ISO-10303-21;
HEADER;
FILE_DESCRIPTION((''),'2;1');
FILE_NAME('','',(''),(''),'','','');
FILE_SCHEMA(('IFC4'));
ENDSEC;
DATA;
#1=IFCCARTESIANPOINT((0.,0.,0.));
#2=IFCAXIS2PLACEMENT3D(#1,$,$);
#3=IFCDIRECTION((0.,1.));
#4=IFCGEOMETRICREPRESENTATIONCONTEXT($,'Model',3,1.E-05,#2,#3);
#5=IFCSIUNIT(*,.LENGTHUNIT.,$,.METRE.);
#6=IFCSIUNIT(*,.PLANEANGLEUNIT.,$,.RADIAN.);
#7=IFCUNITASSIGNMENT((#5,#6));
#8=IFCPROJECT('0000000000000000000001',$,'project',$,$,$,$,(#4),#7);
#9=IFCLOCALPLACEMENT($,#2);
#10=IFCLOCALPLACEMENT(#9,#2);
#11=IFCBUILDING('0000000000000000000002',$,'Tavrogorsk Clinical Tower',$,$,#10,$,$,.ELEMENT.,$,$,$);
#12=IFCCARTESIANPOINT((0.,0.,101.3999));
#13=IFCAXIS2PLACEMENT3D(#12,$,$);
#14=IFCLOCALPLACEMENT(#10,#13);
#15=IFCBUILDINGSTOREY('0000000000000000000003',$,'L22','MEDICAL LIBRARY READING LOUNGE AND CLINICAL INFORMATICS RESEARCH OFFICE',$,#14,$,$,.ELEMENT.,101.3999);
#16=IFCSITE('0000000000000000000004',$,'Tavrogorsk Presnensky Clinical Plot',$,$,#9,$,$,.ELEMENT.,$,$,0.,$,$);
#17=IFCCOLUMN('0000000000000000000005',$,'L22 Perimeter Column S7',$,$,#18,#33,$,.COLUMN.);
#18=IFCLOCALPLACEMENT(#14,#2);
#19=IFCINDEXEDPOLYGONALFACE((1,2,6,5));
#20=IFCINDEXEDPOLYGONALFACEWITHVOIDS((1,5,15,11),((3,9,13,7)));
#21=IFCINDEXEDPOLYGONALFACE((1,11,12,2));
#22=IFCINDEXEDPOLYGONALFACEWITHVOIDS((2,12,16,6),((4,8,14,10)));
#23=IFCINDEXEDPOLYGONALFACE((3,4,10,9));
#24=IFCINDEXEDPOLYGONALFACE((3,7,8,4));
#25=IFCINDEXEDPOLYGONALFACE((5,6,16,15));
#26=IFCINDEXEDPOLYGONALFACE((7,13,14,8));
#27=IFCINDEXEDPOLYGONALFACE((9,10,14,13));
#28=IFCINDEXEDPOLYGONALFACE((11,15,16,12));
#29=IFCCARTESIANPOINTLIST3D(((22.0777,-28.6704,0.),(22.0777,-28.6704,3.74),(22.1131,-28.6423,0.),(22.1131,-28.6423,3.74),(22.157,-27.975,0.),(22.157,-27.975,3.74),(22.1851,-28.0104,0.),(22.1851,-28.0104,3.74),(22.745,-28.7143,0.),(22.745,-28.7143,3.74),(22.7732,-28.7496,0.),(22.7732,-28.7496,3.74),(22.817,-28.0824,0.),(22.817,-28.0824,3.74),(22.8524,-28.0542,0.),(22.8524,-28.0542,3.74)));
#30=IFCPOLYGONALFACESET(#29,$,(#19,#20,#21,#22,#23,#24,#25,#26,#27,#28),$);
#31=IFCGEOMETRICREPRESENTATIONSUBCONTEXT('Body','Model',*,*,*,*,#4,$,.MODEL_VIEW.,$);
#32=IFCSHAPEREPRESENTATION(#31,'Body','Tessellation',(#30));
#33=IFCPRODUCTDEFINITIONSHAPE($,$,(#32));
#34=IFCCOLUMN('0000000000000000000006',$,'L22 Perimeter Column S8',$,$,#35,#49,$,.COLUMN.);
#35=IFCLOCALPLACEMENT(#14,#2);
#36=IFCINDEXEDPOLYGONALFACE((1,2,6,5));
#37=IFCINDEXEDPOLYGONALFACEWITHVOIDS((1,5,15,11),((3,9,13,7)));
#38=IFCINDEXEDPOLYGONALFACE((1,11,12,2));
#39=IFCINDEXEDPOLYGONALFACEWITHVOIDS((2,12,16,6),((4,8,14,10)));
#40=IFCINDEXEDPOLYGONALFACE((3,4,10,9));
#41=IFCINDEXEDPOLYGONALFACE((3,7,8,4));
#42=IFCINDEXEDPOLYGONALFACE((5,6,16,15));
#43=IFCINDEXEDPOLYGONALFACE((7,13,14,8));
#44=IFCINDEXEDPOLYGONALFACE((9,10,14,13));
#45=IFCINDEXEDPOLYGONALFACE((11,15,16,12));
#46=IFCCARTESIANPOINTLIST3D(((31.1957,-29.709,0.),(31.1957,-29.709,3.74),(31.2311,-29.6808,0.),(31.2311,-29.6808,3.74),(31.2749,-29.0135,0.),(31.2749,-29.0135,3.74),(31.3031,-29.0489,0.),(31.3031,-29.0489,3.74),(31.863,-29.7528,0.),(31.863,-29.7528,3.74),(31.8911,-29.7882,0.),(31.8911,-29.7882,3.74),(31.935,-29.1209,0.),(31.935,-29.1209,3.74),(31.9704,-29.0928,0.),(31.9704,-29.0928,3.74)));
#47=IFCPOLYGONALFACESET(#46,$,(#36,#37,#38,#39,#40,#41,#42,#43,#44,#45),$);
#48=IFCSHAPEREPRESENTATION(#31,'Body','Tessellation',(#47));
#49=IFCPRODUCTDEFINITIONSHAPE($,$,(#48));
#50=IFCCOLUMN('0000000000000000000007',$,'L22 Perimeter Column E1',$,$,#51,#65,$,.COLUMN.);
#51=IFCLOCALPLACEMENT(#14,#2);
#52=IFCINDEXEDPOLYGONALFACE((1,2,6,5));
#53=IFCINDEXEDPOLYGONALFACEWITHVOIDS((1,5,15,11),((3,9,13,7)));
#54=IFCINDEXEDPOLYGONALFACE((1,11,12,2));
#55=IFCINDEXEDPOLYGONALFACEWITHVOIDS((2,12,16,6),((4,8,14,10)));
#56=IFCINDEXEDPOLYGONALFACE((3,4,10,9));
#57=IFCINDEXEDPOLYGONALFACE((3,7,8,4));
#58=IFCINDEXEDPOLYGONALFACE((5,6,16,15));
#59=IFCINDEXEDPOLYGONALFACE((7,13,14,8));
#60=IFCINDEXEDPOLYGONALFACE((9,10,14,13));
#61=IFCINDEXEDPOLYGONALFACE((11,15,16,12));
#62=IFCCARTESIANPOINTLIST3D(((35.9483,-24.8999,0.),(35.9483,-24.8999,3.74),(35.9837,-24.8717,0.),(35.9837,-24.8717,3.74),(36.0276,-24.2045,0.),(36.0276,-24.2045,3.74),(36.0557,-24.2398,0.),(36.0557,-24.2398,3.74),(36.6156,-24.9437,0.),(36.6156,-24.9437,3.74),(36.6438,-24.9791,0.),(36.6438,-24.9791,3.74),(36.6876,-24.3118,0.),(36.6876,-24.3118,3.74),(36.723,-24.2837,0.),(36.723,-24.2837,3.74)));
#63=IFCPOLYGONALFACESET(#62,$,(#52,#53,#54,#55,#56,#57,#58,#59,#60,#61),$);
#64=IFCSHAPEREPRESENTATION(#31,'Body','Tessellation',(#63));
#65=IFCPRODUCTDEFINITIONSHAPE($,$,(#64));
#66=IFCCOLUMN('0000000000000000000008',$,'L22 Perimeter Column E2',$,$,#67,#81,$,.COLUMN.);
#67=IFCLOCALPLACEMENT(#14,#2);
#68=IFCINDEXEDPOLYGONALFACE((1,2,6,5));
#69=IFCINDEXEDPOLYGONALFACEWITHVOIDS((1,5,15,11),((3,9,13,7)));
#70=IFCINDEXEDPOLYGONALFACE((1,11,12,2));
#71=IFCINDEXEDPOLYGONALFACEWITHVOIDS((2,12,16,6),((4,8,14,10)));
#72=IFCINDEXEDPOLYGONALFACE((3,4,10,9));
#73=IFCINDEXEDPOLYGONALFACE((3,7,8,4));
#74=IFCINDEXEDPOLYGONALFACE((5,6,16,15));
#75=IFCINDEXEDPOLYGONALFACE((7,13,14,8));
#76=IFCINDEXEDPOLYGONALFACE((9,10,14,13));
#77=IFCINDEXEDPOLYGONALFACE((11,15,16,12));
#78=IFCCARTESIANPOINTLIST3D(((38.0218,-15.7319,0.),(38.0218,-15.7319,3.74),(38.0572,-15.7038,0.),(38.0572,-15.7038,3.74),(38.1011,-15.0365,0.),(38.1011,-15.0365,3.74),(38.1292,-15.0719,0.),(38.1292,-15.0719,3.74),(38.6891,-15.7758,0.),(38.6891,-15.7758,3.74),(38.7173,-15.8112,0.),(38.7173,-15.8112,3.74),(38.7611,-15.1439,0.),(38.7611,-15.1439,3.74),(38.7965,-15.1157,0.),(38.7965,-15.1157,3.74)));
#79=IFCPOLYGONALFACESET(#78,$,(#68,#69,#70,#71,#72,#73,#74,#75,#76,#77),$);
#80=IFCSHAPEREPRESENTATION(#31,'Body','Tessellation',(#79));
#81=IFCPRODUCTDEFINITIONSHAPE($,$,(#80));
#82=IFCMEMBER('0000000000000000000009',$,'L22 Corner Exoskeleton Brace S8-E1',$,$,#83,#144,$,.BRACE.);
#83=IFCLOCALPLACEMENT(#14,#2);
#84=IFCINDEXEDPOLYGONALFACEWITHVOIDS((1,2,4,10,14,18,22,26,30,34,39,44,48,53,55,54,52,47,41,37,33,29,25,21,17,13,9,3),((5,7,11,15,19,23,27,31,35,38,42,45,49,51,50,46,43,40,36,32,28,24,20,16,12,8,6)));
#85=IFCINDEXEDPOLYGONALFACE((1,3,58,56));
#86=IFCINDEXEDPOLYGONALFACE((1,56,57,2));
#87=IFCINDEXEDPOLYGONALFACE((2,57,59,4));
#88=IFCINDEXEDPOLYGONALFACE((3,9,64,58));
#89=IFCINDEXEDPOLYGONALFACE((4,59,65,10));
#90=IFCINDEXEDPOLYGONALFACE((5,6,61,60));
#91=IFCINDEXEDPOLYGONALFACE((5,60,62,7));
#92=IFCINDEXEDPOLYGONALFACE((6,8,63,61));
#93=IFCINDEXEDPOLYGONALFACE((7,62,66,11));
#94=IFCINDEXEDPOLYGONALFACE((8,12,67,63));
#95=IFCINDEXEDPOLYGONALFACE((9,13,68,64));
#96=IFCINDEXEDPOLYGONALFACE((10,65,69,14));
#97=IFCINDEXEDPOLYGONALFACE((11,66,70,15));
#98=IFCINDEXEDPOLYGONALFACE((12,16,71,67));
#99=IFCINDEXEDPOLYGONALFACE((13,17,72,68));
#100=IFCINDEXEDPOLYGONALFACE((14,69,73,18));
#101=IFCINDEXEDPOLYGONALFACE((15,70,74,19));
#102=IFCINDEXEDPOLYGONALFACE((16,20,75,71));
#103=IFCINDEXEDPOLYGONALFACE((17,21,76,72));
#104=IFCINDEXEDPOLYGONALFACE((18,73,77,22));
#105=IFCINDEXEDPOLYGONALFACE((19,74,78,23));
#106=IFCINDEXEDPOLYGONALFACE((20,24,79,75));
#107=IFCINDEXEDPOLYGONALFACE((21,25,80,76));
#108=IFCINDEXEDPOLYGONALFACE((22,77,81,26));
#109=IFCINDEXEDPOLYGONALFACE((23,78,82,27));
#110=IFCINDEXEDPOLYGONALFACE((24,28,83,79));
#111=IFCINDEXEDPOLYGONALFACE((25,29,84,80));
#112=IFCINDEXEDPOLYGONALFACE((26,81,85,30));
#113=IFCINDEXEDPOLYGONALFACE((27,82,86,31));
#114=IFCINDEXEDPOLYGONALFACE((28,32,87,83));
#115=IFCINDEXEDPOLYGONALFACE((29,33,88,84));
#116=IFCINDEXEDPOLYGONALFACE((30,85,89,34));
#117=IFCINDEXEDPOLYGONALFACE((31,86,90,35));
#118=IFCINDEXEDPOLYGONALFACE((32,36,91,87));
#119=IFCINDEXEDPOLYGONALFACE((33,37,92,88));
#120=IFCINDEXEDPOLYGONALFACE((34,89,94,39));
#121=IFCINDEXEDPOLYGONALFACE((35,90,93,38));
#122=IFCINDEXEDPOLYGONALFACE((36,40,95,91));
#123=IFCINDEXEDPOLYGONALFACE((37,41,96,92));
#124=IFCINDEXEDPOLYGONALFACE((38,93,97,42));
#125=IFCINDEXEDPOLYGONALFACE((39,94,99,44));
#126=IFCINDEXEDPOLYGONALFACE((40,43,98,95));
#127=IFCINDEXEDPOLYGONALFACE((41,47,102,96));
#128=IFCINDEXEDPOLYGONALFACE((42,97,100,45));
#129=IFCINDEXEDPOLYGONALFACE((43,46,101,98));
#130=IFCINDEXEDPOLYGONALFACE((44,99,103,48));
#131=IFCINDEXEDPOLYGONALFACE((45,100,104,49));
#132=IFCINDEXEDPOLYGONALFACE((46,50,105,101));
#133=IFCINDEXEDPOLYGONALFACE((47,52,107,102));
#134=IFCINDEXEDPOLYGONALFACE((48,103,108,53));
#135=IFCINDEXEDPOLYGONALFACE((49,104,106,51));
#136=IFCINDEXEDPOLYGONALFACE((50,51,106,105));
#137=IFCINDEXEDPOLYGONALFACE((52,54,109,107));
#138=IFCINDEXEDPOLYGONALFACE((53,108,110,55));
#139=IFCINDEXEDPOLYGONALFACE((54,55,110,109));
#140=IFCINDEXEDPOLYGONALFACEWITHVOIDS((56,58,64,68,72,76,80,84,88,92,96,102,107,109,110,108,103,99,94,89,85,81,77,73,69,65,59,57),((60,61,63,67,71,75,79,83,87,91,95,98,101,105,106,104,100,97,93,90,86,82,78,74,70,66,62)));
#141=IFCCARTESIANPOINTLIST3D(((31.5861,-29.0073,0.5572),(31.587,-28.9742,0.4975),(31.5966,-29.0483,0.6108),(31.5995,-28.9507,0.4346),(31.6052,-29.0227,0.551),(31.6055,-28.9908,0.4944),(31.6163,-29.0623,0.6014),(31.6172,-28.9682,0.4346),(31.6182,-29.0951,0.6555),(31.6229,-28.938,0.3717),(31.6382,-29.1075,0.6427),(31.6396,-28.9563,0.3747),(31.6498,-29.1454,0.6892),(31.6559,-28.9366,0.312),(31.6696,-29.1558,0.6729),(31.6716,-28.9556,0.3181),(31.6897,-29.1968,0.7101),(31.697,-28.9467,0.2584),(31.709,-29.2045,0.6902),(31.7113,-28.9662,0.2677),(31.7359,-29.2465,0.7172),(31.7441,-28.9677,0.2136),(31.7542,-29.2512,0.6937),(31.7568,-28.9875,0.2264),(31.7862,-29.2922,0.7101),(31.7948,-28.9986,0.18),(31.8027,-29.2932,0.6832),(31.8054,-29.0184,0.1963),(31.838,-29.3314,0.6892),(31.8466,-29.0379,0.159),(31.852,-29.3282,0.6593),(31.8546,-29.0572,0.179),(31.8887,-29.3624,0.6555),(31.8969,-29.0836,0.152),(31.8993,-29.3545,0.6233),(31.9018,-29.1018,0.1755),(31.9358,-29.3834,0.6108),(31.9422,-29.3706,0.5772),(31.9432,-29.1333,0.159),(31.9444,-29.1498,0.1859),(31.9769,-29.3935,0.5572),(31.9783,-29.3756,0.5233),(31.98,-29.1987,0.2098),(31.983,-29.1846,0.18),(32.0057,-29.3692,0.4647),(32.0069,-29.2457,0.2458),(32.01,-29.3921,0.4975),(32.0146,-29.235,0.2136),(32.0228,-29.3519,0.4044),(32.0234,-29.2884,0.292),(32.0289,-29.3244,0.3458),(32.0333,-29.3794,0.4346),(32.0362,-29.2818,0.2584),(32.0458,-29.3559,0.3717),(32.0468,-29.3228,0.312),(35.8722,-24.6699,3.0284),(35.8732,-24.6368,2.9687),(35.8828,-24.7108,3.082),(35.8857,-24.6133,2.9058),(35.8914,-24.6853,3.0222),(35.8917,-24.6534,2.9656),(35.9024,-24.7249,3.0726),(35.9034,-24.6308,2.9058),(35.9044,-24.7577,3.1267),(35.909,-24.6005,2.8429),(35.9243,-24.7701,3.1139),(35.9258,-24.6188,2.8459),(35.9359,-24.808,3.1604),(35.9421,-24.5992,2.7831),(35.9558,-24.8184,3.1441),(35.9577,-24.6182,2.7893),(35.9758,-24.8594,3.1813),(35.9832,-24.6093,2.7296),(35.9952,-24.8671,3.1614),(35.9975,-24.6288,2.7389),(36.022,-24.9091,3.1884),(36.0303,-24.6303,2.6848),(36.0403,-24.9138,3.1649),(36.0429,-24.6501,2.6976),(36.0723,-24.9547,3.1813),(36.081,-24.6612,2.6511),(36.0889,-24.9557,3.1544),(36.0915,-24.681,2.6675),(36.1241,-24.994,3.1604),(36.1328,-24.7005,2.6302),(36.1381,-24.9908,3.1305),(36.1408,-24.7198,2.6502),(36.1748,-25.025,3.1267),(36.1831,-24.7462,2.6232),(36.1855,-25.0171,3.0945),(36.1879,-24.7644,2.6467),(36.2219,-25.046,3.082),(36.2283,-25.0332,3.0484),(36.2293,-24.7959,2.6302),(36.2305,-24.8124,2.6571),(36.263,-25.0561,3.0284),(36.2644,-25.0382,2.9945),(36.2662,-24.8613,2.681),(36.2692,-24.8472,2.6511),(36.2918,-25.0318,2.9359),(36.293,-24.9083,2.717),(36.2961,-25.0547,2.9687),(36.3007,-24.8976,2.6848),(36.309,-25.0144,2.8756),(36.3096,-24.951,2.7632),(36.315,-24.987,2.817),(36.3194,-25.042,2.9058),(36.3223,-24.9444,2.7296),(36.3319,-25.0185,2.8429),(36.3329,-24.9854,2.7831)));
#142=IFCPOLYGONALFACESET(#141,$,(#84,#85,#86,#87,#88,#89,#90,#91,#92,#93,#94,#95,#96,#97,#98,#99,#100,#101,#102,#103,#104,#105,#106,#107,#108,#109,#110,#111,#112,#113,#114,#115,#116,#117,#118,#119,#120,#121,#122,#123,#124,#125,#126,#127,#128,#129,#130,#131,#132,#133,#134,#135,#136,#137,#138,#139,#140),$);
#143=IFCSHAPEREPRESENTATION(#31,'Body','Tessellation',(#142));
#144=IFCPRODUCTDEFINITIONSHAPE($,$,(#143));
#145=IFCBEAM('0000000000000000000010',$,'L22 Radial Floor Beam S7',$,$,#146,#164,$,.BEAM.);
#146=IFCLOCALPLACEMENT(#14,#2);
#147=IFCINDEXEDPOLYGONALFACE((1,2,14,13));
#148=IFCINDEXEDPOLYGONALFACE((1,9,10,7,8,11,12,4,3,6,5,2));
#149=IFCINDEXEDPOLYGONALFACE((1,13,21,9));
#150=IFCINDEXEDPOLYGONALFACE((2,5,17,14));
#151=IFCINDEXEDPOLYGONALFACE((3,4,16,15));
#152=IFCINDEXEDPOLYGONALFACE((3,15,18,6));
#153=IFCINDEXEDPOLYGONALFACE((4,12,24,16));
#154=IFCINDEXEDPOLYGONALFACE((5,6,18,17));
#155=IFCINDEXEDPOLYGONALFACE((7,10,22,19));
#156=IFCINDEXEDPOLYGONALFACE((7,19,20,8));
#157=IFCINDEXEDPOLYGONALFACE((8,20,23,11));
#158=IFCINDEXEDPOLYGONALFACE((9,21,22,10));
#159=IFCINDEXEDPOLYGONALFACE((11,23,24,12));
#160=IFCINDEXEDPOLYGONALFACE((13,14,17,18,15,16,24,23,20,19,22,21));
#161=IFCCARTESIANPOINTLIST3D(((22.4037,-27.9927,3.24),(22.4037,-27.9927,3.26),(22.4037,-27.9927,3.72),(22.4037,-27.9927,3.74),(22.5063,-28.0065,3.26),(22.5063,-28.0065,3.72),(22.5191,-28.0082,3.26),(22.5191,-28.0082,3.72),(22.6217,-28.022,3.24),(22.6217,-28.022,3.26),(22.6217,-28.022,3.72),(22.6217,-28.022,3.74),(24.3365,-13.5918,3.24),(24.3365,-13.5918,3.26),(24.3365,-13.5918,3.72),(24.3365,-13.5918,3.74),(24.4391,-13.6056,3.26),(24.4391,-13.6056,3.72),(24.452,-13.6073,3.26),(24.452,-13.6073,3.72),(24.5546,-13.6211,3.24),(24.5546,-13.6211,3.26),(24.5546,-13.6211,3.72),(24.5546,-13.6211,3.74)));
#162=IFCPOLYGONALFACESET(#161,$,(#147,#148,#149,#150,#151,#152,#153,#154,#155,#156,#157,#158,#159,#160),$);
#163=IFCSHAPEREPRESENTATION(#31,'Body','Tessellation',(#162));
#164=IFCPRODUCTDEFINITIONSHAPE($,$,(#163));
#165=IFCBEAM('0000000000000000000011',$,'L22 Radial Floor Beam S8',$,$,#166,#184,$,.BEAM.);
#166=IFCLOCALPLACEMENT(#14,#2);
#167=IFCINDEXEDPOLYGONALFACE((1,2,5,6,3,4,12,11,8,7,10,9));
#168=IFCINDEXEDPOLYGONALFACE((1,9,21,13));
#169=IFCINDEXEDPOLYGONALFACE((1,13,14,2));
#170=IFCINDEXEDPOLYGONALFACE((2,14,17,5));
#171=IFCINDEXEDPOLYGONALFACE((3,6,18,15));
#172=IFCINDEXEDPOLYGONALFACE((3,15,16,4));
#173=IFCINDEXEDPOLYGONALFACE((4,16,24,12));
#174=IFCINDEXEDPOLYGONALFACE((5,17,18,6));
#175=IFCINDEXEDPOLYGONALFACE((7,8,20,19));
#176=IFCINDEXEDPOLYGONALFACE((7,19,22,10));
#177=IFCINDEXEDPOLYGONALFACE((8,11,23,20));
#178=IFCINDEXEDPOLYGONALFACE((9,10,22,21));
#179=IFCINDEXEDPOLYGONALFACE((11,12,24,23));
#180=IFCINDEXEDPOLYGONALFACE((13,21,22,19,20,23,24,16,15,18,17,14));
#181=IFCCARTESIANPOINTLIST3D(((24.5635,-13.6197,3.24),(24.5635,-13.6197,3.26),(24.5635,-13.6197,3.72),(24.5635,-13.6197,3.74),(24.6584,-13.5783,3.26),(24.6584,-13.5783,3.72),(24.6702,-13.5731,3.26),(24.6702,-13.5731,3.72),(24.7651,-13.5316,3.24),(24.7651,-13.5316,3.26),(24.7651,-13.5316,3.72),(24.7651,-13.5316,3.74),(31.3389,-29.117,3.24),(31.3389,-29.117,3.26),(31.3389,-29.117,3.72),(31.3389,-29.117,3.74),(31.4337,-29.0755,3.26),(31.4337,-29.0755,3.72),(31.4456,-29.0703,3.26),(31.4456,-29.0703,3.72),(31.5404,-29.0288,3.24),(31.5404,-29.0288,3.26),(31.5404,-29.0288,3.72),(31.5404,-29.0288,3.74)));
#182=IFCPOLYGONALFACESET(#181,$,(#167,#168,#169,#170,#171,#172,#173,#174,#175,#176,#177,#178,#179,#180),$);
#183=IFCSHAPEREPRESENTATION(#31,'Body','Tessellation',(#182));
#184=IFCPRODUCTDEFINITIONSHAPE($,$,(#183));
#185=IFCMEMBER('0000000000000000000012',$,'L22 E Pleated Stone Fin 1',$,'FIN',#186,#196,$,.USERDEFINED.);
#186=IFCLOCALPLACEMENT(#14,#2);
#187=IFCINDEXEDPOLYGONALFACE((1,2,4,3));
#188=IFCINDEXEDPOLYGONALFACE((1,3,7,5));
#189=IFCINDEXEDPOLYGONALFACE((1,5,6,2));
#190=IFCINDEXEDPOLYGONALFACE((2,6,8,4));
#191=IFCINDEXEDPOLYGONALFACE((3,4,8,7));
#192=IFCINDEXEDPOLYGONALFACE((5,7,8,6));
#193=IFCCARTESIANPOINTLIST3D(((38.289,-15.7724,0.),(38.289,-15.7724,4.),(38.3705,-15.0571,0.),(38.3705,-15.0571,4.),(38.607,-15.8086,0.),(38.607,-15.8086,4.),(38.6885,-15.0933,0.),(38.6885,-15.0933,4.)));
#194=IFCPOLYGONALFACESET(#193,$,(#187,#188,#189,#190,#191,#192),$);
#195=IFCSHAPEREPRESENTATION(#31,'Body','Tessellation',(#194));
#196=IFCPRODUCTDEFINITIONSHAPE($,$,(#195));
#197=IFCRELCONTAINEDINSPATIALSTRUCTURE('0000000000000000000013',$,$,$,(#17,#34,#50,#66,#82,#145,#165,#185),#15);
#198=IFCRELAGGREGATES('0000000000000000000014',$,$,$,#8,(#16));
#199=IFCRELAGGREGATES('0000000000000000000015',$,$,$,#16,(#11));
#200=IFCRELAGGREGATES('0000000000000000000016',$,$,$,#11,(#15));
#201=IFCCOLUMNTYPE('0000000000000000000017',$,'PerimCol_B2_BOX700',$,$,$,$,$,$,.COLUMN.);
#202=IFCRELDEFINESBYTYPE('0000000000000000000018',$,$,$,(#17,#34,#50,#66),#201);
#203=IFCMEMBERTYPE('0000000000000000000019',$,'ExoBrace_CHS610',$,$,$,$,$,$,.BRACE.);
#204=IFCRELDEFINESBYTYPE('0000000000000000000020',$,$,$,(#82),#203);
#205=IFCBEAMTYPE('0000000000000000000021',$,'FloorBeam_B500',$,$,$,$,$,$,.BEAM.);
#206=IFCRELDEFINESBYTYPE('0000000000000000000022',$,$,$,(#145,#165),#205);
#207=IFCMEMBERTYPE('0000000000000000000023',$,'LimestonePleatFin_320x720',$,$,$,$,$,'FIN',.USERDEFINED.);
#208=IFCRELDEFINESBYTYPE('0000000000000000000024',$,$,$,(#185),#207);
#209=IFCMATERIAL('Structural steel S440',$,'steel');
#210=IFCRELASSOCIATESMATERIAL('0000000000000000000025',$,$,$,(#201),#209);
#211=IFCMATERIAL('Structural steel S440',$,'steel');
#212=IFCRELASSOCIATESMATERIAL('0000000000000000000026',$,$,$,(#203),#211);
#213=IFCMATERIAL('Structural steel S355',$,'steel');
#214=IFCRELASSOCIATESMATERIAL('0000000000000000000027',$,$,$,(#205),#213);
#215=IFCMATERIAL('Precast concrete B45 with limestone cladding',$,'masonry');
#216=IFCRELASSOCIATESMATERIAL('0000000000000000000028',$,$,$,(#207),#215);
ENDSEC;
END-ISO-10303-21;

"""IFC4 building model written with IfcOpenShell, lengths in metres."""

from ifc_helpers import new_model, si_unit, direction, frame, origin, origin_2d, place, context, subcontext, project, spatial, rectangle, hollow_rectangle, hollow_circle, i_section, extrude, material, material_profile, profile_set, type_object, element, save


model = new_model("IFC4")

# Units and contexts
model_context = context("Model", 3, precision=1e-05, world=origin(), true_north=direction((0.0, 1.0)))
body_context = subcontext(model_context, "Body", "Model", "MODEL_VIEW")
ifc_project = project(units=[si_unit("LENGTHUNIT", "METRE"), si_unit("PLANEANGLEUNIT", "RADIAN")], contexts=[model_context])

# Site, building, storey
site_placement = place(None, origin())
site = spatial("IfcSite", under=ifc_project, at=site_placement, Name="Tavrogorsk Presnensky Clinical Plot", CompositionType="ELEMENT", RefElevation=0.0)
building_placement = place(site_placement, origin())
building = spatial("IfcBuilding", under=site, at=building_placement, Name="Tavrogorsk Clinical Tower", CompositionType="ELEMENT")
storey_placement = place(building_placement, frame((0.0, 0.0, 101.3999)))
storey = spatial("IfcBuildingStorey", under=building, at=storey_placement, Name="L22", Description="MEDICAL LIBRARY READING LOUNGE AND CLINICAL INFORMATICS RESEARCH OFFICE", CompositionType="ELEMENT", Elevation=101.3999)

# Columns
ifc_material_1 = material(Name="Structural steel S440", Category="steel")
ifc_material_profile_1 = material_profile(ifc_material_1, hollow_rectangle(XDim=0.7, YDim=0.7, WallThickness=0.032, at=origin_2d()), Name="BOX-700x700x32")
ifc_profile_set_1 = profile_set([ifc_material_profile_1], Name="Structural steel S440")
column_type = type_object("IfcColumnType", Name="PerimCol_B2_BOX700", PredefinedType="COLUMN", material=ifc_profile_set_1)
for number, where, z_axis, x_axis, name in (
    (1, (22.4651, -28.3623, 0.0), (0.0, 0.0, 1.0), (0.993572, -0.113203, 0.0), "L22 Perimeter Column S7"),
    (2, (31.583, -29.4009, 0.0), (0.0, 0.0, 1.0), (0.993572, -0.113203, 0.0), "L22 Perimeter Column S8"),
    (3, (36.3357, -24.5918, 0.0), (0.0, 0.0, 1.0), (0.993572, -0.113203, 0.0), "L22 Perimeter Column E1"),
    (4, (38.4092, -15.4238, 0.0), (0.0, 0.0, 1.0), (0.993572, -0.113203, 0.0), "L22 Perimeter Column E2"),
):
    element("IfcColumn", number, at=place(storey_placement, frame(where, z_axis=z_axis, x_axis=x_axis)), inside=storey, type_object=column_type, Name=name, PredefinedType="COLUMN", context=body_context, shape_type="SweptSolid", body=[
        extrude(hollow_rectangle(XDim=0.7, YDim=0.7, WallThickness=0.032, at=origin_2d()), origin(), (0.0, 0.0, 1.0), 3.74),
    ])

# Member
ifc_material_2 = material(Name="Structural steel S440", Category="steel")
ifc_material_profile_2 = material_profile(ifc_material_2, hollow_circle(Radius=0.3049, WallThickness=0.0249, at=origin_2d()), Name="CHS-610x25")
ifc_profile_set_2 = profile_set([ifc_material_profile_2], Name="Structural steel S440")
member_type_1 = type_object("IfcMemberType", Name="ExoBrace_CHS610", PredefinedType="BRACE", material=ifc_profile_set_2)
member_1_placement = place(storey_placement, frame((31.8164, -29.165, 0.4346), z_axis=(0.65143, 0.659222, 0.375585), x_axis=(-0.711298, 0.70289, 0.0)))
element("IfcMember", 5, at=member_1_placement, inside=storey, type_object=member_type_1, Name="L22 Corner Exoskeleton Brace S8-E1", PredefinedType="BRACE", context=body_context, shape_type="SweptSolid", body=[
    extrude(hollow_circle(Radius=0.3049, WallThickness=0.0249, at=origin_2d()), origin(), (0.0, 0.0, 1.0), 6.5796),
])

# Beams
ifc_material_3 = material(Name="Structural steel S355", Category="steel")
ifc_material_profile_3 = material_profile(ifc_material_3, i_section(OverallWidth=0.22, OverallDepth=0.5, WebThickness=0.0129, FlangeThickness=0.02, at=origin_2d()), Name="B-500x220x13x20")
ifc_profile_set_3 = profile_set([ifc_material_profile_3], Name="Structural steel S355")
beam_type_1 = type_object("IfcBeamType", Name="FloorBeam_B500", PredefinedType="BEAM", material=ifc_profile_set_3)
beam_1_placement = place(storey_placement, frame((24.4456, -13.6064, 3.49), z_axis=(-0.133025, -0.991113, 0.0), x_axis=(0.991113, -0.133025, 0.0)))
element("IfcBeam", 6, at=beam_1_placement, inside=storey, type_object=beam_type_1, Name="L22 Radial Floor Beam S7", PredefinedType="BEAM", context=body_context, shape_type="SweptSolid", body=[
    extrude(i_section(OverallWidth=0.22, OverallDepth=0.5, WebThickness=0.0129, FlangeThickness=0.02, at=origin_2d()), origin(), (0.0, 0.0, 1.0), 14.53),
])
beam_2_placement = place(storey_placement, frame((24.6643, -13.5757, 3.49), z_axis=(0.400586, -0.916259, 0.0), x_axis=(0.916259, 0.400586, 0.0)))
element("IfcBeam", 7, at=beam_2_placement, inside=storey, type_object=beam_type_1, Name="L22 Radial Floor Beam S8", PredefinedType="BEAM", context=body_context, shape_type="SweptSolid", body=[
    extrude(i_section(OverallWidth=0.22, OverallDepth=0.5, WebThickness=0.0129, FlangeThickness=0.02, at=origin_2d()), origin(), (0.0, 0.0, 1.0), 16.9136),
])

# Member
ifc_material_4 = material(Name="Precast concrete B45 with limestone cladding", Category="masonry")
ifc_material_profile_4 = material_profile(ifc_material_4, rectangle(XDim=0.3201, YDim=0.72, at=origin_2d()), Name="LIMESTONE-FIN-320x720")
ifc_profile_set_4 = profile_set([ifc_material_profile_4], Name="Precast concrete B45 with limestone cladding")
member_type_2 = type_object("IfcMemberType", Name="LimestonePleatFin_320x720", ElementType="FIN", PredefinedType="USERDEFINED", material=ifc_profile_set_4)
member_2_placement = place(storey_placement, frame((38.4888, -15.4329, 0.0), z_axis=(0.0, 0.0, 1.0), x_axis=(0.993572, -0.113203, 0.0)))
element("IfcMember", 8, at=member_2_placement, inside=storey, type_object=member_type_2, Name="L22 E Pleated Stone Fin 1", ObjectType="FIN", PredefinedType="USERDEFINED", context=body_context, shape_type="SweptSolid", body=[
    extrude(rectangle(XDim=0.3201, YDim=0.72, at=origin_2d()), origin(), (0.0, 0.0, 1.0), 4.0),
])

save(model, "model.ifc")
